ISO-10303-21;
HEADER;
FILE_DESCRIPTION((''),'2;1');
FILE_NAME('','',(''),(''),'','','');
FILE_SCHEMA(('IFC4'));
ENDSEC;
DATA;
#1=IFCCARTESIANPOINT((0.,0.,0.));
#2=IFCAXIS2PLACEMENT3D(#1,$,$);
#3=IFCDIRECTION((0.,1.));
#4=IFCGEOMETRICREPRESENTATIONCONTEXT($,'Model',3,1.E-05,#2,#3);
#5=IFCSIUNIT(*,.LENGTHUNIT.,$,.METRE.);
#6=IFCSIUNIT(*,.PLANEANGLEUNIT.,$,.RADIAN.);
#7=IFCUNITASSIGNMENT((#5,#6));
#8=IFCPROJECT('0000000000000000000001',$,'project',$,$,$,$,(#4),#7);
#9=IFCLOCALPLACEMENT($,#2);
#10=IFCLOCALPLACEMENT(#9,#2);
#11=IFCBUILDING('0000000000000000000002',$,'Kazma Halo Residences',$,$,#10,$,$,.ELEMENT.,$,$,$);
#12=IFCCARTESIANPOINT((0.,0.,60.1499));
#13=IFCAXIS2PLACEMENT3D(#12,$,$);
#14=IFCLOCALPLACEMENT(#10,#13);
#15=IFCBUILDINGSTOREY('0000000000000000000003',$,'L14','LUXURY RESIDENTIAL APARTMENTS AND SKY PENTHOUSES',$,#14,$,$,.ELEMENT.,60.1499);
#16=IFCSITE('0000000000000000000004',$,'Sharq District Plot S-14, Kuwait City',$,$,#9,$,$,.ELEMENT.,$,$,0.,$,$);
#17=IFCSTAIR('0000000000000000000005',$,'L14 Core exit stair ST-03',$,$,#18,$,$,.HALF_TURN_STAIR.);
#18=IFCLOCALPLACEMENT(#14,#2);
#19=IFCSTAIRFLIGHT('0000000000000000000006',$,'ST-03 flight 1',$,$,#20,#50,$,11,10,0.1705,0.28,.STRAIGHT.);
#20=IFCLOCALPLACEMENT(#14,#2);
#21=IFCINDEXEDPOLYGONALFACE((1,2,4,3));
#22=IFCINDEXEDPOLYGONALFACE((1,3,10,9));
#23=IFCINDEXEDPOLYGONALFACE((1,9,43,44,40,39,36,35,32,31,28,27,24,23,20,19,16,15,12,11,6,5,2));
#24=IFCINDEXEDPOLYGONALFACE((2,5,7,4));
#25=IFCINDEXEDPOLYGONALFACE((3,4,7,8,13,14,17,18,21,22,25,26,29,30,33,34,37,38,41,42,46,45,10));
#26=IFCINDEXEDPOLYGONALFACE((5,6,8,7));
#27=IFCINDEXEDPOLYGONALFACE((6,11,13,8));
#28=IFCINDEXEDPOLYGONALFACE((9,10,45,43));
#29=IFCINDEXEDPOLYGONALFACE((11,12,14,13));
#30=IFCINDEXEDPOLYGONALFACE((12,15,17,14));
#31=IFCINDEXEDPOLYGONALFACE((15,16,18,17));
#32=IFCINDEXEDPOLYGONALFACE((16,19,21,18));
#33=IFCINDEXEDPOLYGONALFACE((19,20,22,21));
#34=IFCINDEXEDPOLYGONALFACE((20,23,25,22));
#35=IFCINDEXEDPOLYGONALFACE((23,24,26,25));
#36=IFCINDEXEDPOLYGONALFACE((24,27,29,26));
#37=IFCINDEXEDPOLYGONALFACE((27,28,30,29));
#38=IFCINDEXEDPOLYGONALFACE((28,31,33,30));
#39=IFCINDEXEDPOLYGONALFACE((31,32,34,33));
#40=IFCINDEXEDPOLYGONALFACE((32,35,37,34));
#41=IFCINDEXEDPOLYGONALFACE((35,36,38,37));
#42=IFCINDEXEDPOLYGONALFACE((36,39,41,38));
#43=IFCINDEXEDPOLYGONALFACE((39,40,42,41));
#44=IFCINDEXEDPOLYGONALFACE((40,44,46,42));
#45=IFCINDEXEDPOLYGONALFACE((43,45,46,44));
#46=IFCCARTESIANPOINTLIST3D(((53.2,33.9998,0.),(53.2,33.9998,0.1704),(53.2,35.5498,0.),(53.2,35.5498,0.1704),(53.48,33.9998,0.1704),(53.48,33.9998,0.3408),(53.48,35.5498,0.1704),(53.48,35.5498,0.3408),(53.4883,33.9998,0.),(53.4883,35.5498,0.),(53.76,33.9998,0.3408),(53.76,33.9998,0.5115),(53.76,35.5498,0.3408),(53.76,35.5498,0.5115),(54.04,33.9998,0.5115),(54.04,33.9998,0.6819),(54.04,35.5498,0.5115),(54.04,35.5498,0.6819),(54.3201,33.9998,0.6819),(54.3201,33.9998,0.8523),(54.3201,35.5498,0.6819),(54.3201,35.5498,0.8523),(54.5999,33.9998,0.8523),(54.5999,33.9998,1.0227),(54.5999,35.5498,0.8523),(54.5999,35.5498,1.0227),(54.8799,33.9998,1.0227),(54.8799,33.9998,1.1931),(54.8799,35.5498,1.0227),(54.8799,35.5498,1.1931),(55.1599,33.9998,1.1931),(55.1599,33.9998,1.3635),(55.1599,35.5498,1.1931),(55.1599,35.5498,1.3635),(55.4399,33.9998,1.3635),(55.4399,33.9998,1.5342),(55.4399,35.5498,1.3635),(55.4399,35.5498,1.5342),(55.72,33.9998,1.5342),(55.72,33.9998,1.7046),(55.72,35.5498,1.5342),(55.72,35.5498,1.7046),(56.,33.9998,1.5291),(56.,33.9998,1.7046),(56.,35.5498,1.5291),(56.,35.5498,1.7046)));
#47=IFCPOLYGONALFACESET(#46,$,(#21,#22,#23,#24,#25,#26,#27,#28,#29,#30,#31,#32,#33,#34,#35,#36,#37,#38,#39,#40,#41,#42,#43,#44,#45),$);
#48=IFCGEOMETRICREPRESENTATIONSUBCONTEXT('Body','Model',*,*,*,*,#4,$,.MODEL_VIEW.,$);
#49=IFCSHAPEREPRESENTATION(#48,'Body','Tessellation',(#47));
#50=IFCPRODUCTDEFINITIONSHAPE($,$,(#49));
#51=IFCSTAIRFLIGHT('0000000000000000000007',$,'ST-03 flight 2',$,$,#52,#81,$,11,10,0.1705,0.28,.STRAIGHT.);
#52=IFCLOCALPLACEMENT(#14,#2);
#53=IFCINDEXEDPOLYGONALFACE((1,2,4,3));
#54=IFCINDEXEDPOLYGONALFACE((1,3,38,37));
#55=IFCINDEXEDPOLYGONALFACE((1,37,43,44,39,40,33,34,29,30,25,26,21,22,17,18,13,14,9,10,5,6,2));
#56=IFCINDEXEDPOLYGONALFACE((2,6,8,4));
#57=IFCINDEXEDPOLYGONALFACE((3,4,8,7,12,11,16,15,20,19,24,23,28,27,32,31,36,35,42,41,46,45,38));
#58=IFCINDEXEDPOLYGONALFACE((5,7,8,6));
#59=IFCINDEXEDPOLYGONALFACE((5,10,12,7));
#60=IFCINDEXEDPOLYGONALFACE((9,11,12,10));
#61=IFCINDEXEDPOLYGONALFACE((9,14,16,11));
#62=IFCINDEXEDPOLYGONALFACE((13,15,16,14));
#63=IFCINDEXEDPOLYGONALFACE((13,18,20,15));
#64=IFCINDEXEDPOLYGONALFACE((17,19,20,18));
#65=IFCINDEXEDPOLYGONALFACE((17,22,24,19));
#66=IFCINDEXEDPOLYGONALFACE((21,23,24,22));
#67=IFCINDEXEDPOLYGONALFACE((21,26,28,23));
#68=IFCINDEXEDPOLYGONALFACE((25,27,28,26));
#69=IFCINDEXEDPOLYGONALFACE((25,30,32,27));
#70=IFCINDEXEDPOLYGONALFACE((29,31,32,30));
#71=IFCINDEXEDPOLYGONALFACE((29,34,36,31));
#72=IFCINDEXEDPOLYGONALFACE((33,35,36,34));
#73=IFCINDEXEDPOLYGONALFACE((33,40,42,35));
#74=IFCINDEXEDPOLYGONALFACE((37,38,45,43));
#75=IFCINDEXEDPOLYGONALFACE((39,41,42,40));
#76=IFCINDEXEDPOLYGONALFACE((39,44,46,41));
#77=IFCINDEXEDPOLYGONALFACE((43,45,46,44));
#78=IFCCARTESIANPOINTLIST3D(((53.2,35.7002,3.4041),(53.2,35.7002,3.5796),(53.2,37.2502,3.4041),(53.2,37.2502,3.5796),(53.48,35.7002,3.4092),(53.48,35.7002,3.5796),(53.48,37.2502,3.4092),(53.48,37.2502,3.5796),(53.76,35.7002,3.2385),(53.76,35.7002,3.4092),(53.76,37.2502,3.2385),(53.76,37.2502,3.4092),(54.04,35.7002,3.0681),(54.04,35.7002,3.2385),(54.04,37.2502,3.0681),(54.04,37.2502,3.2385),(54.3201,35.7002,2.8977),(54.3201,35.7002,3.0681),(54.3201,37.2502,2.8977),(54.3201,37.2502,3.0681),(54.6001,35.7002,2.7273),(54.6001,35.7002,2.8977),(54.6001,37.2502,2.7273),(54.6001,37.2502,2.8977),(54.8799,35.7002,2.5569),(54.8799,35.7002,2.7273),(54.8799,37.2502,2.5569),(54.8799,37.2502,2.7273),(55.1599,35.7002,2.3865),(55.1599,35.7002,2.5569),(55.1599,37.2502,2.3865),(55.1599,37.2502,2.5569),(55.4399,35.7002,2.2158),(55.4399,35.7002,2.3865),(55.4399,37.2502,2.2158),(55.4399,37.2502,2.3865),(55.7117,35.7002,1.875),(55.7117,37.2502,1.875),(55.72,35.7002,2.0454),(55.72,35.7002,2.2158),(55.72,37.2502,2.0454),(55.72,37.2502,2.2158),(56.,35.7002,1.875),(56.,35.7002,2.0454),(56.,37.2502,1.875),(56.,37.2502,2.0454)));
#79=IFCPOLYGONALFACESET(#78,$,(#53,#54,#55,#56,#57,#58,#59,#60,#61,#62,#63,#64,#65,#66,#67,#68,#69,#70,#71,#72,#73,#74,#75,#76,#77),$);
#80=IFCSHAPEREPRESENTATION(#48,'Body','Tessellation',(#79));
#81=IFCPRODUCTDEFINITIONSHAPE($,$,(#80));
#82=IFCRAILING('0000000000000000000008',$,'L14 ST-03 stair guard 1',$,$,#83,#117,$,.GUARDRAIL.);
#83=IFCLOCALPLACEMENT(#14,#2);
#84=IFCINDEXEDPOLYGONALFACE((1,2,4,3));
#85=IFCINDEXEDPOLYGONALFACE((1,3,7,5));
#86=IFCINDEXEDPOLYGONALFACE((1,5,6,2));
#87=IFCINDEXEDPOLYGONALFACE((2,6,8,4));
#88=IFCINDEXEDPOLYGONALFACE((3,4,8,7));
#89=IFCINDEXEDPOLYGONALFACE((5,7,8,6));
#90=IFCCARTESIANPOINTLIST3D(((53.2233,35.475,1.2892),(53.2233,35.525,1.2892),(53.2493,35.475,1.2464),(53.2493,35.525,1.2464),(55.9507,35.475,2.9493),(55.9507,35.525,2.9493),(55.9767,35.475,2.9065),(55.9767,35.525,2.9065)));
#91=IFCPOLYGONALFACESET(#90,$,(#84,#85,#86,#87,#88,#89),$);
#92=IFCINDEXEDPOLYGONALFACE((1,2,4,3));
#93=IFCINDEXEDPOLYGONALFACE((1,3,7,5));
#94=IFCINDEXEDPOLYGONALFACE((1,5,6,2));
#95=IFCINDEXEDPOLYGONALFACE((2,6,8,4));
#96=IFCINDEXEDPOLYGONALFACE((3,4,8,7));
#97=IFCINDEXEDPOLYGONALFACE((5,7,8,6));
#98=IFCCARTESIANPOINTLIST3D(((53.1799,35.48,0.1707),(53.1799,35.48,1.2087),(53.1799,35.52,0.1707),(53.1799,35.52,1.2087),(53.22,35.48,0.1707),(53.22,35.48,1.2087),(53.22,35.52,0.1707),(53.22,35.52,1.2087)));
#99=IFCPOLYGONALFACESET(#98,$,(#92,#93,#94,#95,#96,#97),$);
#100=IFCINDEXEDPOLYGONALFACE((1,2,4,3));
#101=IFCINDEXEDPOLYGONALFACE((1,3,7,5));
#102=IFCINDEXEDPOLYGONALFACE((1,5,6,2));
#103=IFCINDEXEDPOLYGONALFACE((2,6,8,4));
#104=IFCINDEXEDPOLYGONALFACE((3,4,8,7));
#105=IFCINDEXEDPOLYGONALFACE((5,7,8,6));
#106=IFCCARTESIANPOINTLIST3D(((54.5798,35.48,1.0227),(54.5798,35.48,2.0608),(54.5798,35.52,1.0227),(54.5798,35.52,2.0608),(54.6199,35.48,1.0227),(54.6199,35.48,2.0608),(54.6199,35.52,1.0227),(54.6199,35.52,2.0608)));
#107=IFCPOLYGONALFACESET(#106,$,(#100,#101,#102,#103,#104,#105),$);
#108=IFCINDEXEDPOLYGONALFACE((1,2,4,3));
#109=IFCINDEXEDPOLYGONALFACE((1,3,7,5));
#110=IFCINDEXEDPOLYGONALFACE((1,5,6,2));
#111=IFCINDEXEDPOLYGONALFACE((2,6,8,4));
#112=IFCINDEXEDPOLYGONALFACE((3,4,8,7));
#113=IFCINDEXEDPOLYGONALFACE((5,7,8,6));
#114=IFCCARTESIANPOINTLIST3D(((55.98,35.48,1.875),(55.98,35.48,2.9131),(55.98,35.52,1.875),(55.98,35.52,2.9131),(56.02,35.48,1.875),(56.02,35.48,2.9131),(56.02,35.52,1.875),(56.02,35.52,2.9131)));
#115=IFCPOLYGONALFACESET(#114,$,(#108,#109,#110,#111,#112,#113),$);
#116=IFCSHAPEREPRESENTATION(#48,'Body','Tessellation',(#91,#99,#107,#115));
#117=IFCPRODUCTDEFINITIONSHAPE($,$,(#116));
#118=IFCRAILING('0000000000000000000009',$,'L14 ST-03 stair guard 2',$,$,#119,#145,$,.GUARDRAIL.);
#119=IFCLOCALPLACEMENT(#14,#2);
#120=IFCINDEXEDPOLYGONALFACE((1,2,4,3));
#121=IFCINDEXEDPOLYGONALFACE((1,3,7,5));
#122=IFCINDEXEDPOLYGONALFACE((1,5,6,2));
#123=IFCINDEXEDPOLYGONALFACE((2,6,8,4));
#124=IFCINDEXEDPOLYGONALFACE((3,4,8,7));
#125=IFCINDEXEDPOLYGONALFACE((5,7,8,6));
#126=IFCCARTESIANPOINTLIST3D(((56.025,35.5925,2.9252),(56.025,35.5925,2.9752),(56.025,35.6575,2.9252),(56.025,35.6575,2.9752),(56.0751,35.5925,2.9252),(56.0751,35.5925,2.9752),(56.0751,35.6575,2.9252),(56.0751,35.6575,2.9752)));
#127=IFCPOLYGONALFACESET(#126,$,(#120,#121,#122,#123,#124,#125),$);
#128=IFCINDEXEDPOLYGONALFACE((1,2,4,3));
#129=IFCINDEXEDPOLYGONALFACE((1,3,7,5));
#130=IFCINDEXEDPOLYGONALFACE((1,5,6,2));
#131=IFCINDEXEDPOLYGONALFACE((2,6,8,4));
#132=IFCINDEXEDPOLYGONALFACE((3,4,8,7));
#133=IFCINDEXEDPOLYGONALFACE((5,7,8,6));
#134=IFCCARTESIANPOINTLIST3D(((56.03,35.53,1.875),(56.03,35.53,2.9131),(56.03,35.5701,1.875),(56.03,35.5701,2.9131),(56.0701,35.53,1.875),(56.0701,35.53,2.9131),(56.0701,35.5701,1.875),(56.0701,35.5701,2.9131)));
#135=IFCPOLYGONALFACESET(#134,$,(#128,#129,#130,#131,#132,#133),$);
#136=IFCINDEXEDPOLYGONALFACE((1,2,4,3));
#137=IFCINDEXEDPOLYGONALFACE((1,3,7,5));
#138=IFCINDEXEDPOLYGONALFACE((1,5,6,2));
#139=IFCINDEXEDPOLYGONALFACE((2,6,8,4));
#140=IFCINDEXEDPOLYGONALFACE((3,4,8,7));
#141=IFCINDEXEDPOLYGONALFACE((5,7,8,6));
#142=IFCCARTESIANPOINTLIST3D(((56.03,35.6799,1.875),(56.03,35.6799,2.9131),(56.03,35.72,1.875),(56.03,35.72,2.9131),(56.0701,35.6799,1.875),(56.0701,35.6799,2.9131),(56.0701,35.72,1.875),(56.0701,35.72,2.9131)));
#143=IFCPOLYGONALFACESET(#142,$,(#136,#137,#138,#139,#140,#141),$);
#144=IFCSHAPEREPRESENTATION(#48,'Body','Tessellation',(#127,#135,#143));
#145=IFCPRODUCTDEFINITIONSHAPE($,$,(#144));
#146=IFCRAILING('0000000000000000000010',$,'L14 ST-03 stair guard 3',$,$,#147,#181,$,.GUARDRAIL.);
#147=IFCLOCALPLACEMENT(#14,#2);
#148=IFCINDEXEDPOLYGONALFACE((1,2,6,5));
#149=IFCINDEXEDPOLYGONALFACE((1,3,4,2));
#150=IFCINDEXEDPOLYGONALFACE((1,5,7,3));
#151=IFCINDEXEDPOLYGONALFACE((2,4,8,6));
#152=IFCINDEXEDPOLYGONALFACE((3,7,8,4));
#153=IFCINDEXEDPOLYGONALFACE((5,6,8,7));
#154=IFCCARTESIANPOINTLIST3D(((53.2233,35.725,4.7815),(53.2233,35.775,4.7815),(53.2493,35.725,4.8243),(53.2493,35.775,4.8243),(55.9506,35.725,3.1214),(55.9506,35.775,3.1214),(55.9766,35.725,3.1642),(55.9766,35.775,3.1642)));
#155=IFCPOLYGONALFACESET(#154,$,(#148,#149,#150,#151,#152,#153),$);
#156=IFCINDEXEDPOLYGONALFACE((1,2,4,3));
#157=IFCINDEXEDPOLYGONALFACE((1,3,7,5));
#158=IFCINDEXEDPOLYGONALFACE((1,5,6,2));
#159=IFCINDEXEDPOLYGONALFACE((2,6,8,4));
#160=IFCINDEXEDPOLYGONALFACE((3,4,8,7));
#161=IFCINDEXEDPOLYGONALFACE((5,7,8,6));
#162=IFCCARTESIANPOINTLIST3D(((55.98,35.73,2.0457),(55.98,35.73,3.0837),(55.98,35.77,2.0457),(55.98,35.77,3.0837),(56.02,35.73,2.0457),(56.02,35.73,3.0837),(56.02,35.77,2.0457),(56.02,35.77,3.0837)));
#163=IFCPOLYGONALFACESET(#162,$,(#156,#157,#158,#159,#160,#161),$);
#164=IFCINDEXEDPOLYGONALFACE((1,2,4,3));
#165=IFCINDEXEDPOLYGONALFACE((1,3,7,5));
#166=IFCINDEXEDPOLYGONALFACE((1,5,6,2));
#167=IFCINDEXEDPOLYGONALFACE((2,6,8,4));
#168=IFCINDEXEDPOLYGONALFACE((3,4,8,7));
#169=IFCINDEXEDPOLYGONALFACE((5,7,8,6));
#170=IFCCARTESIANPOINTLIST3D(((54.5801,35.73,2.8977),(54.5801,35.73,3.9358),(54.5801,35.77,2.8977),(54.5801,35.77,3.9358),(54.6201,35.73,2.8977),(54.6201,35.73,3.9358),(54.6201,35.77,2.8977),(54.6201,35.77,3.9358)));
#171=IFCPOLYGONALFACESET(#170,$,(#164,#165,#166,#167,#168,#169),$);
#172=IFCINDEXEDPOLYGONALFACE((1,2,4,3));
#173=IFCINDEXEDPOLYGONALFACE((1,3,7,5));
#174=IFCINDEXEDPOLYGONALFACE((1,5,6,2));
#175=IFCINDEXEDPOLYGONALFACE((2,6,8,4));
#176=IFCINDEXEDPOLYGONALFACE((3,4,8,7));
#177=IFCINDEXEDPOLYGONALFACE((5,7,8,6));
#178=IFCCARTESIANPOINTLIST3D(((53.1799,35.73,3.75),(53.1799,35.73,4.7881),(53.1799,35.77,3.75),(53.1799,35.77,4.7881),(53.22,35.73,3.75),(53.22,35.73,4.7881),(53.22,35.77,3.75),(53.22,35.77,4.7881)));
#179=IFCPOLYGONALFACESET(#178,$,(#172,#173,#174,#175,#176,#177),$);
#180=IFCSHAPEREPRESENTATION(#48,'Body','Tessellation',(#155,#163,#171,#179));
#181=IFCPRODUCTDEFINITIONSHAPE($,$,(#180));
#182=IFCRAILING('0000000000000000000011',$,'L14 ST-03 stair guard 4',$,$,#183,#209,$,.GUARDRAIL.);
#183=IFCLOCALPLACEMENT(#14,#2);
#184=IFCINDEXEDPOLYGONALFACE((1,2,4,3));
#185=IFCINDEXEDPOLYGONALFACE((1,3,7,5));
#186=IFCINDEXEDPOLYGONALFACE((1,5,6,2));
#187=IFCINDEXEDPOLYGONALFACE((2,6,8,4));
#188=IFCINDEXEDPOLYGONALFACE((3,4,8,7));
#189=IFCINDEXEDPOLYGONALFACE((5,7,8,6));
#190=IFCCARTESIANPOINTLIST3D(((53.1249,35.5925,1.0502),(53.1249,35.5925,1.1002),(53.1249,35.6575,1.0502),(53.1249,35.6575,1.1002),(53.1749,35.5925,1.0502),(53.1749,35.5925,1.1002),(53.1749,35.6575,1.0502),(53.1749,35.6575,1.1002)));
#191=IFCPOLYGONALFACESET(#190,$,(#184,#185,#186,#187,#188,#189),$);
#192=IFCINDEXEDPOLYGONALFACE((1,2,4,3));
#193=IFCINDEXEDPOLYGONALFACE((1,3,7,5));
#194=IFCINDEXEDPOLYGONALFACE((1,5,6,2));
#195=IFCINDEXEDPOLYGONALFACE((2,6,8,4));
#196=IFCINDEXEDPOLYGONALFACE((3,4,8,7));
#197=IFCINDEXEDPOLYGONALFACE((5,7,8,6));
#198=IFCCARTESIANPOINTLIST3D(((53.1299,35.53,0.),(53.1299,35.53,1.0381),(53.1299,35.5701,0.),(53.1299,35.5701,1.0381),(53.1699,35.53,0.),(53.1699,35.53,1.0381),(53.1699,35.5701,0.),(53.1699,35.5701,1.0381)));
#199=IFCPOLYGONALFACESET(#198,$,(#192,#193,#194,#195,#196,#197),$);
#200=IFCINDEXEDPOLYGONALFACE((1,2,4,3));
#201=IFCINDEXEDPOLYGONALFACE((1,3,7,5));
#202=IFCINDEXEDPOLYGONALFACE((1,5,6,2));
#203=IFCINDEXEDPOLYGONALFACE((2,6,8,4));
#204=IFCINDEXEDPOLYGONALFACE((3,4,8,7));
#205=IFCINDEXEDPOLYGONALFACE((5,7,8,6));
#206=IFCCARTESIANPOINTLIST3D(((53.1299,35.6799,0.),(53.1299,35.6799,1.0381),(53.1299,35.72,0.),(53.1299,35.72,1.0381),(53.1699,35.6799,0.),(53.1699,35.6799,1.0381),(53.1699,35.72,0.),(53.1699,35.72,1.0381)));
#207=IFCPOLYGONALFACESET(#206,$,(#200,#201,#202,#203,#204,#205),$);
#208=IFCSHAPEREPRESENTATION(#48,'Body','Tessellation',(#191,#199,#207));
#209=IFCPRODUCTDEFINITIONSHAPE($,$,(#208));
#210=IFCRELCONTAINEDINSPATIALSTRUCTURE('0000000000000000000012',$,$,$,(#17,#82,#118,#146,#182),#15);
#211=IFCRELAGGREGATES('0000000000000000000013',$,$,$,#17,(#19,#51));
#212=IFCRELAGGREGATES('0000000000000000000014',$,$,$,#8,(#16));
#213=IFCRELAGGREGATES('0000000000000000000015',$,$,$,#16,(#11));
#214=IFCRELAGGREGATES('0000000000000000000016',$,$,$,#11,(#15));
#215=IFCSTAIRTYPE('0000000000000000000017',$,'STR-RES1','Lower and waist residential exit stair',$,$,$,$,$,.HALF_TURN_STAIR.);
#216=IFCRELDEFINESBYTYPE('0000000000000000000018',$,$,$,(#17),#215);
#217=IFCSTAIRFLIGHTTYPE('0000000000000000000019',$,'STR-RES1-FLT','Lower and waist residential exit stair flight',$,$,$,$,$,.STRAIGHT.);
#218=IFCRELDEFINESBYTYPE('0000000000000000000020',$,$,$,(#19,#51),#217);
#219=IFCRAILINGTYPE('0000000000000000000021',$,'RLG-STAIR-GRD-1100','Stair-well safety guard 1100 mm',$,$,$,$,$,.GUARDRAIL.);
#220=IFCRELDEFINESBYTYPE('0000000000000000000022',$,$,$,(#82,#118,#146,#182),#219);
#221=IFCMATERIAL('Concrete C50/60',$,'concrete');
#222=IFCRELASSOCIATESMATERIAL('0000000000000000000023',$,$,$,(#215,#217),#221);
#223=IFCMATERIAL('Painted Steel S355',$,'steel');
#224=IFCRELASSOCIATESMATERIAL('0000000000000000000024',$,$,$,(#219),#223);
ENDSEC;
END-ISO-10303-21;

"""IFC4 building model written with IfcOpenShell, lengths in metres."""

from ifc_helpers import new_model, si_unit, direction, frame, origin, origin_2d, place, context, subcontext, project, spatial, polyline, rectangle, outline, extrude, material, type_object, element, aggregate, save


model = new_model("IFC4")

# Units and contexts
model_context = context("Model", 3, precision=1e-05, world=origin(), true_north=direction((0.0, 1.0)))
body_context = subcontext(model_context, "Body", "Model", "MODEL_VIEW")
ifc_project = project(units=[si_unit("LENGTHUNIT", "METRE"), si_unit("PLANEANGLEUNIT", "RADIAN")], contexts=[model_context])

# Site, building, storey
site_placement = place(None, origin())
site = spatial("IfcSite", under=ifc_project, at=site_placement, Name="Sharq District Plot S-14, Kuwait City", CompositionType="ELEMENT", RefElevation=0.0)
building_placement = place(site_placement, origin())
building = spatial("IfcBuilding", under=site, at=building_placement, Name="Kazma Halo Residences", CompositionType="ELEMENT")
storey_placement = place(building_placement, frame((0.0, 0.0, 60.1499)))
storey = spatial("IfcBuildingStorey", under=building, at=storey_placement, Name="L14", Description="LUXURY RESIDENTIAL APARTMENTS AND SKY PENTHOUSES", CompositionType="ELEMENT", Elevation=60.1499)

# Shared definitions
ifc_material_1 = material(Name="Concrete C50/60", Category="concrete")

# Stair, stair flights
stair_type = type_object("IfcStairType", Name="STR-RES1", Description="Lower and waist residential exit stair", PredefinedType="HALF_TURN_STAIR", material=ifc_material_1)
stair_placement = place(storey_placement, origin())
stair = element("IfcStair", 1, at=stair_placement, inside=storey, type_object=stair_type, Name="L14 Core exit stair ST-03", PredefinedType="HALF_TURN_STAIR")
stair_flight_type = type_object("IfcStairFlightType", Name="STR-RES1-FLT", Description="Lower and waist residential exit stair flight", PredefinedType="STRAIGHT", material=ifc_material_1)
stair_flight_1_placement = place(storey_placement, frame((53.2, 34.7749, 0.0), z_axis=(0.0, 0.0, 1.0), x_axis=(1.0, 0.0, 0.0)))
stair_flight_1 = element("IfcStairFlight", 2, at=stair_flight_1_placement, type_object=stair_flight_type, Name="ST-03 flight 1", NumberOfRisers=11, NumberOfTreads=10, PredefinedType="STRAIGHT", RiserHeight=0.1705, TreadLength=0.28, context=body_context, shape_type="SweptSolid", body=[
    extrude(outline(polyline([(0.0, 0.0), (0.0, 0.1704), (0.28, 0.1704), (0.28, 0.3408), (0.5601, 0.3408), (0.5601, 0.5115), (0.8401, 0.5115), (0.8401, 0.6819), (1.1201, 0.6819), (1.1201, 0.8523), (1.3999, 0.8523), (1.3999, 1.0227), (1.6799, 1.0227), (1.6799, 1.1931), (1.96, 1.1931), (1.96, 1.3635), (2.24, 1.3635), (2.24, 1.5342), (2.52, 1.5342), (2.52, 1.7046), (2.8, 1.7046), (2.8, 1.875), (2.8, 1.5291), (0.2883, 0.0), (0.0, 0.0)])), frame((0.0, 0.7749, 0.0), z_axis=(0.0, -1.0, 0.0), x_axis=(1.0, 0.0, 0.0)), (0.0, 0.0, 1.0), 1.55),
])
stair_flight_2_placement = place(storey_placement, frame((56.0, 36.4751, 1.875), z_axis=(0.0, 0.0, 1.0), x_axis=(-1.0, 0.0, 0.0)))
stair_flight_2 = element("IfcStairFlight", 3, at=stair_flight_2_placement, type_object=stair_flight_type, Name="ST-03 flight 2", NumberOfRisers=11, NumberOfTreads=10, PredefinedType="STRAIGHT", RiserHeight=0.1705, TreadLength=0.28, context=body_context, shape_type="SweptSolid", body=[
    extrude(outline(polyline([(0.0, 0.0), (0.0, 0.1704), (0.28, 0.1704), (0.28, 0.3408), (0.5601, 0.3408), (0.5601, 0.5115), (0.8401, 0.5115), (0.8401, 0.6819), (1.1201, 0.6819), (1.1201, 0.8523), (1.3999, 0.8523), (1.3999, 1.0227), (1.6799, 1.0227), (1.6799, 1.1931), (1.96, 1.1931), (1.96, 1.3635), (2.24, 1.3635), (2.24, 1.5342), (2.52, 1.5342), (2.52, 1.7046), (2.8, 1.7046), (2.8, 1.875), (2.8, 1.5291), (0.2883, 0.0), (0.0, 0.0)])), frame((0.0, 0.7749, 0.0), z_axis=(0.0, -1.0, 0.0), x_axis=(1.0, 0.0, 0.0)), (0.0, 0.0, 1.0), 1.55),
])
aggregate(stair, [stair_flight_1, stair_flight_2])

# Railings
ifc_material_2 = material(Name="Painted Steel S355", Category="steel")
railing_type_1 = type_object("IfcRailingType", Name="RLG-STAIR-GRD-1100", Description="Stair-well safety guard 1100 mm", PredefinedType="GUARDRAIL", material=ifc_material_2)
railing_1_placement = place(storey_placement, frame((53.2, 35.5, 0.1707)))
element("IfcRailing", 4, at=railing_1_placement, inside=storey, type_object=railing_type_1, Name="L14 ST-03 stair guard 1", PredefinedType="GUARDRAIL", context=body_context, shape_type="SweptSolid", body=[
    extrude(rectangle(XDim=0.05, YDim=0.05, at=origin_2d()), frame((0.0364, 0.0, 1.0972), z_axis=(0.854203, 0.0, 0.51994), x_axis=(0.0, 1.0, 0.0)), (0.0, 0.0, 1.0), 3.1929),
    extrude(rectangle(XDim=0.04, YDim=0.04, at=origin_2d()), origin(), (0.0, 0.0, 1.0), 1.0381),
    extrude(rectangle(XDim=0.04, YDim=0.04, at=origin_2d()), frame((1.3999, 0.0, 0.8521)), (0.0, 0.0, 1.0), 1.0381),
    extrude(rectangle(XDim=0.04, YDim=0.04, at=origin_2d()), frame((2.8, 0.0, 1.7043)), (0.0, 0.0, 1.0), 1.0381),
])
railing_2_placement = place(storey_placement, frame((56.05, 35.55, 1.875)))
element("IfcRailing", 5, at=railing_2_placement, inside=storey, type_object=railing_type_1, Name="L14 ST-03 stair guard 2", PredefinedType="GUARDRAIL", context=body_context, shape_type="SweptSolid", body=[
    extrude(rectangle(XDim=0.05, YDim=0.05, at=origin_2d()), frame((0.0, 0.0425, 1.0752), z_axis=(0.0, 1.0, 0.0), x_axis=(-1.0, 0.0, 0.0)), (0.0, 0.0, 1.0), 0.0649),
    extrude(rectangle(XDim=0.04, YDim=0.04, at=origin_2d()), origin(), (0.0, 0.0, 1.0), 1.0381),
    extrude(rectangle(XDim=0.04, YDim=0.04, at=origin_2d()), frame((0.0, 0.1499, 0.0)), (0.0, 0.0, 1.0), 1.0381),
])
railing_3_placement = place(storey_placement, frame((56.0, 35.75, 2.0457)))
element("IfcRailing", 6, at=railing_3_placement, inside=storey, type_object=railing_type_1, Name="L14 ST-03 stair guard 3", PredefinedType="GUARDRAIL", context=body_context, shape_type="SweptSolid", body=[
    extrude(rectangle(XDim=0.05, YDim=0.05, at=origin_2d()), frame((-0.0364, 0.0, 1.0972), z_axis=(-0.854203, 0.0, 0.51994), x_axis=(0.0, -1.0, 0.0)), (0.0, 0.0, 1.0), 3.1929),
    extrude(rectangle(XDim=0.04, YDim=0.04, at=origin_2d()), origin(), (0.0, 0.0, 1.0), 1.0381),
    extrude(rectangle(XDim=0.04, YDim=0.04, at=origin_2d()), frame((-1.3999, 0.0, 0.8521)), (0.0, 0.0, 1.0), 1.0381),
    extrude(rectangle(XDim=0.04, YDim=0.04, at=origin_2d()), frame((-2.8, 0.0, 1.7043)), (0.0, 0.0, 1.0), 1.0381),
])
railing_4_placement = place(storey_placement, frame((53.1499, 35.55, 0.0)))
element("IfcRailing", 7, at=railing_4_placement, inside=storey, type_object=railing_type_1, Name="L14 ST-03 stair guard 4", PredefinedType="GUARDRAIL", context=body_context, shape_type="SweptSolid", body=[
    extrude(rectangle(XDim=0.05, YDim=0.05, at=origin_2d()), frame((0.0, 0.0425, 1.0752), z_axis=(0.0, 1.0, 0.0), x_axis=(-1.0, 0.0, 0.0)), (0.0, 0.0, 1.0), 0.0649),
    extrude(rectangle(XDim=0.04, YDim=0.04, at=origin_2d()), origin(), (0.0, 0.0, 1.0), 1.0381),
    extrude(rectangle(XDim=0.04, YDim=0.04, at=origin_2d()), frame((0.0, 0.1499, 0.0)), (0.0, 0.0, 1.0), 1.0381),
])

save(model, "model.ifc")
